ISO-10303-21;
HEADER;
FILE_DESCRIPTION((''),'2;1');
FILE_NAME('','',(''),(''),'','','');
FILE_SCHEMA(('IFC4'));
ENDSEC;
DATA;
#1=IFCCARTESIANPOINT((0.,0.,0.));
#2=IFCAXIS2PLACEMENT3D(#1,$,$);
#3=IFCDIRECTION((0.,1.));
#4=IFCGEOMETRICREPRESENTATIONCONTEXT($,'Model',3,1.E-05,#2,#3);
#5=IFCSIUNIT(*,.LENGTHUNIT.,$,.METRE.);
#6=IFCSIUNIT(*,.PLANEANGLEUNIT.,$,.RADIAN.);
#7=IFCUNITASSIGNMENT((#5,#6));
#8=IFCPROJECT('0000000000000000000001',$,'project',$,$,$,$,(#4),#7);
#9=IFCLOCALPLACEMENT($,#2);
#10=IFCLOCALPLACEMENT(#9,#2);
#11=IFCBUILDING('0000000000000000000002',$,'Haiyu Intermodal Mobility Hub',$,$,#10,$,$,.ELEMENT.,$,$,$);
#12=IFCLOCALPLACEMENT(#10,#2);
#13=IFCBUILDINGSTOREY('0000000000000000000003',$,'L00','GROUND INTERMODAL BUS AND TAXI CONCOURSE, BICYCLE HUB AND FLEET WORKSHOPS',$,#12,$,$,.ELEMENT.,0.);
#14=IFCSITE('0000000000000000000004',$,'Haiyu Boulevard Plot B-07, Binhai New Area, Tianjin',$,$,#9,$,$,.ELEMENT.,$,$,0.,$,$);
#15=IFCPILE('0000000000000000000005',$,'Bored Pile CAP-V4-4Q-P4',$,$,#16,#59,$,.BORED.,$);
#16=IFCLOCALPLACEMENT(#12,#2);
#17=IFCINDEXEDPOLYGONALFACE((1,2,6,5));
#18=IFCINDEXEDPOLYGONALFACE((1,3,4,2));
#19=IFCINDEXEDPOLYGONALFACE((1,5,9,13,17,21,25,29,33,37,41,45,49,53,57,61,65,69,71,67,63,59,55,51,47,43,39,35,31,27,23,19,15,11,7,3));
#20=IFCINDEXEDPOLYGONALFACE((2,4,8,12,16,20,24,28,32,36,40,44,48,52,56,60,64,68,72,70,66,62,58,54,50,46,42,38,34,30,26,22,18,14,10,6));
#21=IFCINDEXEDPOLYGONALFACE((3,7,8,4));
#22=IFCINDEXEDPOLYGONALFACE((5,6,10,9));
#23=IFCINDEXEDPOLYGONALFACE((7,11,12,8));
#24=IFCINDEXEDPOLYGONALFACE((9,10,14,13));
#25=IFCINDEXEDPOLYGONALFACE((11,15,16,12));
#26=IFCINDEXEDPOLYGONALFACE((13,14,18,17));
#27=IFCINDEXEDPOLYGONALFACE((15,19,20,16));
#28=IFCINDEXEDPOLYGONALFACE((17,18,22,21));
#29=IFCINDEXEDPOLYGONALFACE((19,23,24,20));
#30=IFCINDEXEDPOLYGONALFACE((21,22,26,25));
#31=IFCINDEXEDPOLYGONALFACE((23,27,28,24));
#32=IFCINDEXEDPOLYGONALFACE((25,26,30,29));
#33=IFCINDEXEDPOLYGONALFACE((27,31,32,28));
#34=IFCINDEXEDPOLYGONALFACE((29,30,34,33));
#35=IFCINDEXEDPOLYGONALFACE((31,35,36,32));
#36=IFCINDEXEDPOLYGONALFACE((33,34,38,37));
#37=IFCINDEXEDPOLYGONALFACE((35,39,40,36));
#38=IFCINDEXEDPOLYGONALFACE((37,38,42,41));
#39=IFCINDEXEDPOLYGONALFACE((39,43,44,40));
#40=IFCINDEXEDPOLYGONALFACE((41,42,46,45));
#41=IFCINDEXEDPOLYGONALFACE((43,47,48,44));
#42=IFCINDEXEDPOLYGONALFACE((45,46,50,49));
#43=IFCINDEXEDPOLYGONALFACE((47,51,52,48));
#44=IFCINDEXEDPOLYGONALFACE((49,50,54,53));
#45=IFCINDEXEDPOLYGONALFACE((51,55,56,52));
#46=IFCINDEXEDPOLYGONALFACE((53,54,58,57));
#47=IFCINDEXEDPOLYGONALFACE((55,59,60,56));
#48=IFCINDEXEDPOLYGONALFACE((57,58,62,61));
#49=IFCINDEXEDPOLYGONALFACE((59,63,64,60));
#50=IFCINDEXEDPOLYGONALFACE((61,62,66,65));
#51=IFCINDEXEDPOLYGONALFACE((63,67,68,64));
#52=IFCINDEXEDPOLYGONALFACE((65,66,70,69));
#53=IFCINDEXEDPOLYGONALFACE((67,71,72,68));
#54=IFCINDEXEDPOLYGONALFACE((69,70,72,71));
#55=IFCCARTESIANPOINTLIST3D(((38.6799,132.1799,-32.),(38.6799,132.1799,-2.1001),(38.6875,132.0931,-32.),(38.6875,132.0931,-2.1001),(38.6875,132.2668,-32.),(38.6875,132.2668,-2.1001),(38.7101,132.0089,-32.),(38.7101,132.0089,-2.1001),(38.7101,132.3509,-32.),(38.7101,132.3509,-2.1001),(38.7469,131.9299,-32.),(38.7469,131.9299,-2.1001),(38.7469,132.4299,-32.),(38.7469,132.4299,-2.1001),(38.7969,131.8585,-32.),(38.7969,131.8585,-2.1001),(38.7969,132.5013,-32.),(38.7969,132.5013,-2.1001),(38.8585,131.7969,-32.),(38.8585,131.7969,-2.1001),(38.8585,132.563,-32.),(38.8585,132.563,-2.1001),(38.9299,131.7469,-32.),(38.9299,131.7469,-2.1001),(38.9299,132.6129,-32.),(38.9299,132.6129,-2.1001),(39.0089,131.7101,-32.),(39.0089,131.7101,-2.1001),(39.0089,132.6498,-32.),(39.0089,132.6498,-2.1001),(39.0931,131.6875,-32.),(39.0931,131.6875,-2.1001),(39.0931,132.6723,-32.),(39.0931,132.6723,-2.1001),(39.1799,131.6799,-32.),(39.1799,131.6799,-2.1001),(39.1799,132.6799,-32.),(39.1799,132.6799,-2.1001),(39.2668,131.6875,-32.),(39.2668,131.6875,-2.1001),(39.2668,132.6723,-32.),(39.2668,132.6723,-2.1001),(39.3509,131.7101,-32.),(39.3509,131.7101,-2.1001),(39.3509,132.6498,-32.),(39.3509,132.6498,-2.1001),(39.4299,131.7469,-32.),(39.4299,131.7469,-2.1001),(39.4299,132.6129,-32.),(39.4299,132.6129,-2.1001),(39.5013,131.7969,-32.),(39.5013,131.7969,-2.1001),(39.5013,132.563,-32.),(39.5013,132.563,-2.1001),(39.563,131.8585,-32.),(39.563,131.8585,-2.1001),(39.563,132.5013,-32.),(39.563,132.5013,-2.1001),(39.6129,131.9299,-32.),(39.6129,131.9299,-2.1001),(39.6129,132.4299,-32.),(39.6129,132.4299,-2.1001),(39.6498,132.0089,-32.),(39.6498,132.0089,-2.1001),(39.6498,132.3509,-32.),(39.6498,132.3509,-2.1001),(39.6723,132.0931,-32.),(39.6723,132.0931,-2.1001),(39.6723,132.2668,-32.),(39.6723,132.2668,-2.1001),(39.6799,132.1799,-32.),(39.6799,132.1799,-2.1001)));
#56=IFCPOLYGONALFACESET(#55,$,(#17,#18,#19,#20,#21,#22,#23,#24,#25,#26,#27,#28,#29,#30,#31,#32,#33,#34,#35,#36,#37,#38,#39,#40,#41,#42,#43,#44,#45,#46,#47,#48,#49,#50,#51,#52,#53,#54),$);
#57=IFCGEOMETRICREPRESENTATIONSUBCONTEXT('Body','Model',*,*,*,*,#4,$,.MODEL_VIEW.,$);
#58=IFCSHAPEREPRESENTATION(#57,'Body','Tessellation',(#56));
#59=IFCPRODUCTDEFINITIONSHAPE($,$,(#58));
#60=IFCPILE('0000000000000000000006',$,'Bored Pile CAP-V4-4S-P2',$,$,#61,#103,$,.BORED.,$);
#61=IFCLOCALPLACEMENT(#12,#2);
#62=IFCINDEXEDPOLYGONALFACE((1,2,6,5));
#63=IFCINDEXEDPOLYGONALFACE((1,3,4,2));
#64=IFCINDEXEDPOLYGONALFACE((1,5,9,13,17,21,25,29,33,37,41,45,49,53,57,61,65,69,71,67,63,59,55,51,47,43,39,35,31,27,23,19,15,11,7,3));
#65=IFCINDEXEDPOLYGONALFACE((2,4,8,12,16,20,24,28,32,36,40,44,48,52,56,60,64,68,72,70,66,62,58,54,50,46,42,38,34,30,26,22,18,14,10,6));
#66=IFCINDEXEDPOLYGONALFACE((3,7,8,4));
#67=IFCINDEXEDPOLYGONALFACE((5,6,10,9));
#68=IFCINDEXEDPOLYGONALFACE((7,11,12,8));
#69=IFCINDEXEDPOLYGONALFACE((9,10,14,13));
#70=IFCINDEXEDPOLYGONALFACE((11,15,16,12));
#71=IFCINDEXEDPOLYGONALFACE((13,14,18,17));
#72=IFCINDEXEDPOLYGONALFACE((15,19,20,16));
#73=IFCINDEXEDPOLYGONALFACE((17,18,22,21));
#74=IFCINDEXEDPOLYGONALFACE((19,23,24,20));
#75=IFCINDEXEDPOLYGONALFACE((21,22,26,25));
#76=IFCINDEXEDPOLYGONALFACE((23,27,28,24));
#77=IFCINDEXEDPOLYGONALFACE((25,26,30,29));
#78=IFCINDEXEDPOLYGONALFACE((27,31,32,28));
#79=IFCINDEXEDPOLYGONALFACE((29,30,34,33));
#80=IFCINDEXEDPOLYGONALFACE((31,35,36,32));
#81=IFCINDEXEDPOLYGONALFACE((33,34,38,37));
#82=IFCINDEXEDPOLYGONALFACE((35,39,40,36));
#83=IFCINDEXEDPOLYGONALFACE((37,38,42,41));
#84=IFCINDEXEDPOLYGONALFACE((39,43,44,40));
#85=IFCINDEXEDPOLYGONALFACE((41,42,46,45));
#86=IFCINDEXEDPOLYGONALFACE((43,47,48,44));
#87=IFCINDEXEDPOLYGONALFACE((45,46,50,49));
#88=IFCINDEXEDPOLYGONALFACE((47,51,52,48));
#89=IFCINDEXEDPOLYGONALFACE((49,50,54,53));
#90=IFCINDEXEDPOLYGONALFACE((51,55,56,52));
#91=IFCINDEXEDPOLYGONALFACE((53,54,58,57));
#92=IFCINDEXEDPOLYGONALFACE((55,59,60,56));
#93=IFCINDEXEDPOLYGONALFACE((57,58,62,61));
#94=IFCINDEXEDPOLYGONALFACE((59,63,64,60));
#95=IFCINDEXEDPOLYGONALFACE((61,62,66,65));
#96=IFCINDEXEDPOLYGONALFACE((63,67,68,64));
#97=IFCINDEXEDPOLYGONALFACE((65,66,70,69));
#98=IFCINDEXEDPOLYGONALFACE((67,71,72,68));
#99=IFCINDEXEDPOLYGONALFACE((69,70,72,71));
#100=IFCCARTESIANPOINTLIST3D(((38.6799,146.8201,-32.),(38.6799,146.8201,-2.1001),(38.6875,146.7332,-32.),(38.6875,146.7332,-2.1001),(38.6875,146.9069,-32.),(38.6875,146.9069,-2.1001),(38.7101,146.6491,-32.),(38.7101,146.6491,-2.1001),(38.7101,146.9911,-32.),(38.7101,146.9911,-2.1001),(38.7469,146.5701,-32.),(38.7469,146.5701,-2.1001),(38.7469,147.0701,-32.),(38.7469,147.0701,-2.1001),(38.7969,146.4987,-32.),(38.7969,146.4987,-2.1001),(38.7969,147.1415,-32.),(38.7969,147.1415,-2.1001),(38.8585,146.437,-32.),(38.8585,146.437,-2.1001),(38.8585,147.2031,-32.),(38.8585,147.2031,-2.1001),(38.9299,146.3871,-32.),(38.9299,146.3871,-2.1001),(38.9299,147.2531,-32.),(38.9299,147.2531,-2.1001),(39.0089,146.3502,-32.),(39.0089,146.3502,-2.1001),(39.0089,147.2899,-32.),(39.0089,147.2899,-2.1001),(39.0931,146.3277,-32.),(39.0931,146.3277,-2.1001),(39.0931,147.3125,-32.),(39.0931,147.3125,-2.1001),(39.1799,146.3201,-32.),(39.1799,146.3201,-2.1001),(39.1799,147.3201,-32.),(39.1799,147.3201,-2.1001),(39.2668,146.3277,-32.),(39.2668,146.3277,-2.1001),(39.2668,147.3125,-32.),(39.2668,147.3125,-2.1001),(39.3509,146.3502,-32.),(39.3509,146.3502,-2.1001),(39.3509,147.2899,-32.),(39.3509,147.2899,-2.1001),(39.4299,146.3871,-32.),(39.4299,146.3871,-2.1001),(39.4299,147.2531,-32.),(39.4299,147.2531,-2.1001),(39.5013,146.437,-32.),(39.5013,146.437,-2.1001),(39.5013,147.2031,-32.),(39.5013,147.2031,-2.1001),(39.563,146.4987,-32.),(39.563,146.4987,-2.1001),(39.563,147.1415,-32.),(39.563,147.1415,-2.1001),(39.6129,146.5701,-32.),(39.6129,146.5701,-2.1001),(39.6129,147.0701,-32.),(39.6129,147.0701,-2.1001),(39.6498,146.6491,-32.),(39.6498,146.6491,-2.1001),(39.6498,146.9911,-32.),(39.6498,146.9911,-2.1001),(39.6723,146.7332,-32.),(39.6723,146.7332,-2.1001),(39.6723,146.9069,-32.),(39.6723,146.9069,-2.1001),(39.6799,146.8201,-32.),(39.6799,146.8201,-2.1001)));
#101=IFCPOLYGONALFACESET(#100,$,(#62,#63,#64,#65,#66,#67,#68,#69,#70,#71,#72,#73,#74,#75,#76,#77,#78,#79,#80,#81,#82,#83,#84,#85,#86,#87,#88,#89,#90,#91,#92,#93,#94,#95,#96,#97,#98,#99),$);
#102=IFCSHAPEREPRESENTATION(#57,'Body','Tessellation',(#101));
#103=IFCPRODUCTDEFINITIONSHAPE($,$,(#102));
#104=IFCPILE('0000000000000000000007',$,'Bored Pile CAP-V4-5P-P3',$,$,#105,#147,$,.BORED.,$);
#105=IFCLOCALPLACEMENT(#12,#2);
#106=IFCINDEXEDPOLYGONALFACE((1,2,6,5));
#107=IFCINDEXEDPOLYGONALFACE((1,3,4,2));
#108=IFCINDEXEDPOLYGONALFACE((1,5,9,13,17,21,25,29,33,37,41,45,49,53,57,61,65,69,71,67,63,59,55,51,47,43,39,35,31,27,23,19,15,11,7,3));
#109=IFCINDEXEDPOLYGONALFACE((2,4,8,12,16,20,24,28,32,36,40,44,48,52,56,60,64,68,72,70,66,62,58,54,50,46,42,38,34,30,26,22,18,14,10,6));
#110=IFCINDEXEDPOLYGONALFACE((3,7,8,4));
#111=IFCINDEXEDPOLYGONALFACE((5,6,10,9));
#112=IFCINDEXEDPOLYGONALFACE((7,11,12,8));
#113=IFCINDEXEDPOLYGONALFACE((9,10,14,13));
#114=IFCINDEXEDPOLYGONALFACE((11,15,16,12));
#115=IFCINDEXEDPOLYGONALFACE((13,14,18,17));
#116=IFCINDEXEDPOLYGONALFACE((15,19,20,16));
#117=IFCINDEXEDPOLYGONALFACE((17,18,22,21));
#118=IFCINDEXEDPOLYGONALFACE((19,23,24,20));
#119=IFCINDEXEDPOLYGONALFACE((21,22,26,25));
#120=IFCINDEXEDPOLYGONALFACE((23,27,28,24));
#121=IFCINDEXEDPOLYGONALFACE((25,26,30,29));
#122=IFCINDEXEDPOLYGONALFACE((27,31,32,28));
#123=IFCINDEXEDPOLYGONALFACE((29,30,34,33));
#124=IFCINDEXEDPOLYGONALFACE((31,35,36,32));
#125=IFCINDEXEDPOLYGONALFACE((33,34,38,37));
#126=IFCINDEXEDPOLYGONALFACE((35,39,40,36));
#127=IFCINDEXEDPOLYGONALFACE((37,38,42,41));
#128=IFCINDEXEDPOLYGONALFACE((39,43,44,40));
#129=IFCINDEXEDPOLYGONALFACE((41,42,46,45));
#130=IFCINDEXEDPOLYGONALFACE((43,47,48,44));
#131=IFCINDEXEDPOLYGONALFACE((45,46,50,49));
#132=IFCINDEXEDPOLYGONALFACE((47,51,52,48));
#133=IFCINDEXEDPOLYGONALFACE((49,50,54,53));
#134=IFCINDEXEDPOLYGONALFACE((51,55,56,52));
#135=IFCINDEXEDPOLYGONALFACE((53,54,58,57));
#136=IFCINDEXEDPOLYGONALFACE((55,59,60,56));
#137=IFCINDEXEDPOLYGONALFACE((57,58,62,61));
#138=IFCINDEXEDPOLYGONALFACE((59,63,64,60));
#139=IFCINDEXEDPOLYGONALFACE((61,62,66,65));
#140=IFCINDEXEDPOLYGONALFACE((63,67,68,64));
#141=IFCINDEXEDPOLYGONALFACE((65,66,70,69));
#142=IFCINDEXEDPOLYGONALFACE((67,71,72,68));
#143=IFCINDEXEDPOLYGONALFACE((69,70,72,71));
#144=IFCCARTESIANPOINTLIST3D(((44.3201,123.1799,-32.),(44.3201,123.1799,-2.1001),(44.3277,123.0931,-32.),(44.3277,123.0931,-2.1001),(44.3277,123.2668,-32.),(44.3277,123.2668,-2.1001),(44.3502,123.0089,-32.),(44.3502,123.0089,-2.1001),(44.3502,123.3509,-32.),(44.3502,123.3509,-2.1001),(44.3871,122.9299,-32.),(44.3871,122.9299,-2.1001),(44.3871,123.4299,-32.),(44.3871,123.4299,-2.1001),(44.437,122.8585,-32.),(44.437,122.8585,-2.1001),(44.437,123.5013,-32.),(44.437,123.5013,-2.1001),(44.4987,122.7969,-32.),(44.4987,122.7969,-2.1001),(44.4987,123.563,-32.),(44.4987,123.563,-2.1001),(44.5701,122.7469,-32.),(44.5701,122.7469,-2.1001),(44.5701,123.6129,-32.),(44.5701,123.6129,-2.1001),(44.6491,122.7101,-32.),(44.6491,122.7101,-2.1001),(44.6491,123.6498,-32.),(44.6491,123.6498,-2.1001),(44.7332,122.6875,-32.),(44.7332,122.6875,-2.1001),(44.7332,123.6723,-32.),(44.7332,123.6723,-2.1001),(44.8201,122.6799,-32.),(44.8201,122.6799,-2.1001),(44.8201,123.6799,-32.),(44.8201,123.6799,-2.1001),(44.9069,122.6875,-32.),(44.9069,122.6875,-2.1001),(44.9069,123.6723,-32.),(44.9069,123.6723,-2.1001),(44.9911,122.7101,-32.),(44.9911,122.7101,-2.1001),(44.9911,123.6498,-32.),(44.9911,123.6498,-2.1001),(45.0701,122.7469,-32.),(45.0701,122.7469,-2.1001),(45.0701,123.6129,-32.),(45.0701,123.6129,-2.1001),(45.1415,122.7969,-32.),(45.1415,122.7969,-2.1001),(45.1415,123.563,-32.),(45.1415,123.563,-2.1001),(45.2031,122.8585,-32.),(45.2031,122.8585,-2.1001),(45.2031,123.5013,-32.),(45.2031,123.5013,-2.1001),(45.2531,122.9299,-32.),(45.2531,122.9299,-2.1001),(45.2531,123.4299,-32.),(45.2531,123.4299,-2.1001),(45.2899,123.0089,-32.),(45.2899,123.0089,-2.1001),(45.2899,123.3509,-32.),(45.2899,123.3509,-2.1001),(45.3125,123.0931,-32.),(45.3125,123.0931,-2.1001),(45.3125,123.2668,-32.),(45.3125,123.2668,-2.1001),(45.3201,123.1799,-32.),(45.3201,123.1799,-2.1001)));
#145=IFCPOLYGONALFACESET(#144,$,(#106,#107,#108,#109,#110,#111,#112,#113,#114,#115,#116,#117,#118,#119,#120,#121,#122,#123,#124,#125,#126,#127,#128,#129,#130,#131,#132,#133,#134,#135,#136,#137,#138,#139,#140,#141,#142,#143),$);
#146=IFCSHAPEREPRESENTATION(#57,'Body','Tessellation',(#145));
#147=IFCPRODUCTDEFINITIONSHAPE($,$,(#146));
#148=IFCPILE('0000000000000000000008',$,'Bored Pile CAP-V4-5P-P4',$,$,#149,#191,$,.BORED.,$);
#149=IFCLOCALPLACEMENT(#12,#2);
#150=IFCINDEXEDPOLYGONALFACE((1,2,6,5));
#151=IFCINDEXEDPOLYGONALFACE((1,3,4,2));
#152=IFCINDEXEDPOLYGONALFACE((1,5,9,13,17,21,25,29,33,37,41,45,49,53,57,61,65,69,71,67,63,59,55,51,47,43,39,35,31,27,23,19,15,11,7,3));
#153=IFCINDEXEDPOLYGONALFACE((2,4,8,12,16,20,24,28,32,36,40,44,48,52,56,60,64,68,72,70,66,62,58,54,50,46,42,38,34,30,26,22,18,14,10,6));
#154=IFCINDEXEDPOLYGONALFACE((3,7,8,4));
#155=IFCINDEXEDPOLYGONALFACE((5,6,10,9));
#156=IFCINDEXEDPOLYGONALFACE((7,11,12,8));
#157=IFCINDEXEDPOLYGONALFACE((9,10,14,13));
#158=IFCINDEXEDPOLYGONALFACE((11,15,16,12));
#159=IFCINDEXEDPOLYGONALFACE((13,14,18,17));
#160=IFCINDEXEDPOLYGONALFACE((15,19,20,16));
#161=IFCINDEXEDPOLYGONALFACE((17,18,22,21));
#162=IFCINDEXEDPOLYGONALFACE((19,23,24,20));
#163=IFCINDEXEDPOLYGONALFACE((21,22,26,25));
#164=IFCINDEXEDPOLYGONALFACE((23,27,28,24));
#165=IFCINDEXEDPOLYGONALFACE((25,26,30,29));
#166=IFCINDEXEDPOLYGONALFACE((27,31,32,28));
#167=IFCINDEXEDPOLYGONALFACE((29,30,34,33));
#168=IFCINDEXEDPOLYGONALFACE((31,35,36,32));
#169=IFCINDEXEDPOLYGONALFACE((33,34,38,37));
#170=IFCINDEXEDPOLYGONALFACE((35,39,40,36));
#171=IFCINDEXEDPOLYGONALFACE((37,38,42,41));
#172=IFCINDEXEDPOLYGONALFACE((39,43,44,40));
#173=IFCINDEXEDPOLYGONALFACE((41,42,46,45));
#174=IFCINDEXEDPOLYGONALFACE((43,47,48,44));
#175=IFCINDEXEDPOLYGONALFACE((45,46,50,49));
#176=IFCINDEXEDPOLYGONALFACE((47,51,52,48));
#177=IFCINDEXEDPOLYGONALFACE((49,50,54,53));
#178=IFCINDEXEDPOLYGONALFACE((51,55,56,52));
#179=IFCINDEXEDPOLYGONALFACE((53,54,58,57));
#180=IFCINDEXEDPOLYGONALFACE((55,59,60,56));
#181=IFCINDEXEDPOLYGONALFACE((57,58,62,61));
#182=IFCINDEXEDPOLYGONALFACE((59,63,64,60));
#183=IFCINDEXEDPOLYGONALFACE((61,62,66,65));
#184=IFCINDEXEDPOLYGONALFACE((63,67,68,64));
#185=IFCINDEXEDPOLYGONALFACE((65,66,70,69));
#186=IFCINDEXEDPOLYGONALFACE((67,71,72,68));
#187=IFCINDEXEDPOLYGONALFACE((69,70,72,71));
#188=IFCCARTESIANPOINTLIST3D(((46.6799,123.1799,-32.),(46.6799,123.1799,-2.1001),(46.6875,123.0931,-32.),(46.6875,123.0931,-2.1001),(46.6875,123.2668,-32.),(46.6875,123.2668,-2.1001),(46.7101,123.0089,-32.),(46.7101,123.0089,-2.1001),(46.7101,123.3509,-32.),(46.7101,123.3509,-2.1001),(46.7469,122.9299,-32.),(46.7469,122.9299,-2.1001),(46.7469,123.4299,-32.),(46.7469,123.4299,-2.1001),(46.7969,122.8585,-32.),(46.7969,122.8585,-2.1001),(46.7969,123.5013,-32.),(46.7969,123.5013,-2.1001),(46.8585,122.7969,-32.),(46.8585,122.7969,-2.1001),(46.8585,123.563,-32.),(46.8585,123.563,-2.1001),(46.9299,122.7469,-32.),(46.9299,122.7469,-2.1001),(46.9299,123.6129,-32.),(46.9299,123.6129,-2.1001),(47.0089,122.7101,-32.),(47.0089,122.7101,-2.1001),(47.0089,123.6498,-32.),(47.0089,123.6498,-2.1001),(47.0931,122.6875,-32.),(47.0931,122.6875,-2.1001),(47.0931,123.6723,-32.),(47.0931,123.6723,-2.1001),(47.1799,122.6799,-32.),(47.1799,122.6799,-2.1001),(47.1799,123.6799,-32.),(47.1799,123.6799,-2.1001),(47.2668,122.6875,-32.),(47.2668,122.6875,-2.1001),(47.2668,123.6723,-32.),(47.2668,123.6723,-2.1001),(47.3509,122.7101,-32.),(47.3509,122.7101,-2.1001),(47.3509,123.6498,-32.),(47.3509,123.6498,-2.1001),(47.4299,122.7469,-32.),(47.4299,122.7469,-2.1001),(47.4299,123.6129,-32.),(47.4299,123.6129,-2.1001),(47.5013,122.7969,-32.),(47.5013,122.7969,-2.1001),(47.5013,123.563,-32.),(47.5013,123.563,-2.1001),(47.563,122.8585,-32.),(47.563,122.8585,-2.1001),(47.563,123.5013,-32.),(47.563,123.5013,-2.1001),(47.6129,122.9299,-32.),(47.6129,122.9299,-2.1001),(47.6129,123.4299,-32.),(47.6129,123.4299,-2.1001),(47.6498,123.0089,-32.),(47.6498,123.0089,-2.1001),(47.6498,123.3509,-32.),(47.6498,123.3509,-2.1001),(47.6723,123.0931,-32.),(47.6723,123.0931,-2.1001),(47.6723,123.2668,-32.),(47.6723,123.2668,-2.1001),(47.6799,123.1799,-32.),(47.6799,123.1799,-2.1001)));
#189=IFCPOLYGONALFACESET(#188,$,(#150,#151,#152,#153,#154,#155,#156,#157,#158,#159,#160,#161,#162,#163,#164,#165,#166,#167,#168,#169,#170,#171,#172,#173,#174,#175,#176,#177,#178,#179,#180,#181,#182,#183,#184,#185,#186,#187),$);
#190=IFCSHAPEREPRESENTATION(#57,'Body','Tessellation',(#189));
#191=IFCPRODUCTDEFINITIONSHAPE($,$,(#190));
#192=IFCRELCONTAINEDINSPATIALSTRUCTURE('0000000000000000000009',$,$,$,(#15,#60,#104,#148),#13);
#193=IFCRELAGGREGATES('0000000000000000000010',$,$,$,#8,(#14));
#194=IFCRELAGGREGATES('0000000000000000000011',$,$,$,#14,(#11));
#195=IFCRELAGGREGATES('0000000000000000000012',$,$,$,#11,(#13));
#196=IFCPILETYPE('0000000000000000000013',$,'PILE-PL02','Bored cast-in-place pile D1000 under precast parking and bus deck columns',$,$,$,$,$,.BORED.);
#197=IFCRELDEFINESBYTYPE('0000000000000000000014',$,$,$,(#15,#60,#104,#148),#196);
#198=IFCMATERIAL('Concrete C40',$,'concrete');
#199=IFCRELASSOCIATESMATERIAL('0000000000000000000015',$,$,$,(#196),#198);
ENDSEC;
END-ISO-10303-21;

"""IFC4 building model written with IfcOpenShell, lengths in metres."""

from ifc_helpers import new_model, si_unit, direction, frame, origin, origin_2d, place, context, subcontext, project, spatial, circle, extrude, material, material_profile, profile_set, type_object, element, save


model = new_model("IFC4")

# Units and contexts
model_context = context("Model", 3, precision=1e-05, world=origin(), true_north=direction((0.0, 1.0)))
body_context = subcontext(model_context, "Body", "Model", "MODEL_VIEW")
ifc_project = project(units=[si_unit("LENGTHUNIT", "METRE"), si_unit("PLANEANGLEUNIT", "RADIAN")], contexts=[model_context])

# Site, building, storey
site_placement = place(None, origin())
site = spatial("IfcSite", under=ifc_project, at=site_placement, Name="Haiyu Boulevard Plot B-07, Binhai New Area, Tianjin", CompositionType="ELEMENT", RefElevation=0.0)
building_placement = place(site_placement, origin())
building = spatial("IfcBuilding", under=site, at=building_placement, Name="Haiyu Intermodal Mobility Hub", CompositionType="ELEMENT")
storey_placement = place(building_placement, origin())
storey = spatial("IfcBuildingStorey", under=building, at=storey_placement, Name="L00", Description="GROUND INTERMODAL BUS AND TAXI CONCOURSE, BICYCLE HUB AND FLEET WORKSHOPS", CompositionType="ELEMENT", Elevation=0.0)

# Shared definitions
ifc_material_1 = material(Name="Concrete C40", Category="concrete")

# Piles
ifc_material_profile_1 = material_profile(ifc_material_1, circle(Radius=0.5, at=origin_2d()), Name="PILE-D1000")
ifc_profile_set_1 = profile_set([ifc_material_profile_1], Name="Concrete C40")
pile_type = type_object("IfcPileType", Name="PILE-PL02", Description="Bored cast-in-place pile D1000 under precast parking and bus deck columns", PredefinedType="BORED", material=ifc_profile_set_1)
for number, where, z_axis, x_axis, name in (
    (1, (39.1799, 132.1799, -2.1001), (0.0, 0.0, -1.0), (1.0, 0.0, 0.0), "Bored Pile CAP-V4-4Q-P4"),
    (2, (39.1799, 146.8201, -2.1001), (0.0, 0.0, -1.0), (1.0, 0.0, 0.0), "Bored Pile CAP-V4-4S-P2"),
    (3, (44.8201, 123.1799, -2.1001), (0.0, 0.0, -1.0), (1.0, 0.0, 0.0), "Bored Pile CAP-V4-5P-P3"),
    (4, (47.1799, 123.1799, -2.1001), (0.0, 0.0, -1.0), (1.0, 0.0, 0.0), "Bored Pile CAP-V4-5P-P4"),
):
    element("IfcPile", number, at=place(storey_placement, frame(where, z_axis=z_axis, x_axis=x_axis)), inside=storey, type_object=pile_type, Name=name, PredefinedType="BORED", context=body_context, shape_type="SweptSolid", body=[
        extrude(circle(Radius=0.5, at=origin_2d()), origin(), (0.0, 0.0, 1.0), 29.8999),
    ])

save(model, "model.ifc")
